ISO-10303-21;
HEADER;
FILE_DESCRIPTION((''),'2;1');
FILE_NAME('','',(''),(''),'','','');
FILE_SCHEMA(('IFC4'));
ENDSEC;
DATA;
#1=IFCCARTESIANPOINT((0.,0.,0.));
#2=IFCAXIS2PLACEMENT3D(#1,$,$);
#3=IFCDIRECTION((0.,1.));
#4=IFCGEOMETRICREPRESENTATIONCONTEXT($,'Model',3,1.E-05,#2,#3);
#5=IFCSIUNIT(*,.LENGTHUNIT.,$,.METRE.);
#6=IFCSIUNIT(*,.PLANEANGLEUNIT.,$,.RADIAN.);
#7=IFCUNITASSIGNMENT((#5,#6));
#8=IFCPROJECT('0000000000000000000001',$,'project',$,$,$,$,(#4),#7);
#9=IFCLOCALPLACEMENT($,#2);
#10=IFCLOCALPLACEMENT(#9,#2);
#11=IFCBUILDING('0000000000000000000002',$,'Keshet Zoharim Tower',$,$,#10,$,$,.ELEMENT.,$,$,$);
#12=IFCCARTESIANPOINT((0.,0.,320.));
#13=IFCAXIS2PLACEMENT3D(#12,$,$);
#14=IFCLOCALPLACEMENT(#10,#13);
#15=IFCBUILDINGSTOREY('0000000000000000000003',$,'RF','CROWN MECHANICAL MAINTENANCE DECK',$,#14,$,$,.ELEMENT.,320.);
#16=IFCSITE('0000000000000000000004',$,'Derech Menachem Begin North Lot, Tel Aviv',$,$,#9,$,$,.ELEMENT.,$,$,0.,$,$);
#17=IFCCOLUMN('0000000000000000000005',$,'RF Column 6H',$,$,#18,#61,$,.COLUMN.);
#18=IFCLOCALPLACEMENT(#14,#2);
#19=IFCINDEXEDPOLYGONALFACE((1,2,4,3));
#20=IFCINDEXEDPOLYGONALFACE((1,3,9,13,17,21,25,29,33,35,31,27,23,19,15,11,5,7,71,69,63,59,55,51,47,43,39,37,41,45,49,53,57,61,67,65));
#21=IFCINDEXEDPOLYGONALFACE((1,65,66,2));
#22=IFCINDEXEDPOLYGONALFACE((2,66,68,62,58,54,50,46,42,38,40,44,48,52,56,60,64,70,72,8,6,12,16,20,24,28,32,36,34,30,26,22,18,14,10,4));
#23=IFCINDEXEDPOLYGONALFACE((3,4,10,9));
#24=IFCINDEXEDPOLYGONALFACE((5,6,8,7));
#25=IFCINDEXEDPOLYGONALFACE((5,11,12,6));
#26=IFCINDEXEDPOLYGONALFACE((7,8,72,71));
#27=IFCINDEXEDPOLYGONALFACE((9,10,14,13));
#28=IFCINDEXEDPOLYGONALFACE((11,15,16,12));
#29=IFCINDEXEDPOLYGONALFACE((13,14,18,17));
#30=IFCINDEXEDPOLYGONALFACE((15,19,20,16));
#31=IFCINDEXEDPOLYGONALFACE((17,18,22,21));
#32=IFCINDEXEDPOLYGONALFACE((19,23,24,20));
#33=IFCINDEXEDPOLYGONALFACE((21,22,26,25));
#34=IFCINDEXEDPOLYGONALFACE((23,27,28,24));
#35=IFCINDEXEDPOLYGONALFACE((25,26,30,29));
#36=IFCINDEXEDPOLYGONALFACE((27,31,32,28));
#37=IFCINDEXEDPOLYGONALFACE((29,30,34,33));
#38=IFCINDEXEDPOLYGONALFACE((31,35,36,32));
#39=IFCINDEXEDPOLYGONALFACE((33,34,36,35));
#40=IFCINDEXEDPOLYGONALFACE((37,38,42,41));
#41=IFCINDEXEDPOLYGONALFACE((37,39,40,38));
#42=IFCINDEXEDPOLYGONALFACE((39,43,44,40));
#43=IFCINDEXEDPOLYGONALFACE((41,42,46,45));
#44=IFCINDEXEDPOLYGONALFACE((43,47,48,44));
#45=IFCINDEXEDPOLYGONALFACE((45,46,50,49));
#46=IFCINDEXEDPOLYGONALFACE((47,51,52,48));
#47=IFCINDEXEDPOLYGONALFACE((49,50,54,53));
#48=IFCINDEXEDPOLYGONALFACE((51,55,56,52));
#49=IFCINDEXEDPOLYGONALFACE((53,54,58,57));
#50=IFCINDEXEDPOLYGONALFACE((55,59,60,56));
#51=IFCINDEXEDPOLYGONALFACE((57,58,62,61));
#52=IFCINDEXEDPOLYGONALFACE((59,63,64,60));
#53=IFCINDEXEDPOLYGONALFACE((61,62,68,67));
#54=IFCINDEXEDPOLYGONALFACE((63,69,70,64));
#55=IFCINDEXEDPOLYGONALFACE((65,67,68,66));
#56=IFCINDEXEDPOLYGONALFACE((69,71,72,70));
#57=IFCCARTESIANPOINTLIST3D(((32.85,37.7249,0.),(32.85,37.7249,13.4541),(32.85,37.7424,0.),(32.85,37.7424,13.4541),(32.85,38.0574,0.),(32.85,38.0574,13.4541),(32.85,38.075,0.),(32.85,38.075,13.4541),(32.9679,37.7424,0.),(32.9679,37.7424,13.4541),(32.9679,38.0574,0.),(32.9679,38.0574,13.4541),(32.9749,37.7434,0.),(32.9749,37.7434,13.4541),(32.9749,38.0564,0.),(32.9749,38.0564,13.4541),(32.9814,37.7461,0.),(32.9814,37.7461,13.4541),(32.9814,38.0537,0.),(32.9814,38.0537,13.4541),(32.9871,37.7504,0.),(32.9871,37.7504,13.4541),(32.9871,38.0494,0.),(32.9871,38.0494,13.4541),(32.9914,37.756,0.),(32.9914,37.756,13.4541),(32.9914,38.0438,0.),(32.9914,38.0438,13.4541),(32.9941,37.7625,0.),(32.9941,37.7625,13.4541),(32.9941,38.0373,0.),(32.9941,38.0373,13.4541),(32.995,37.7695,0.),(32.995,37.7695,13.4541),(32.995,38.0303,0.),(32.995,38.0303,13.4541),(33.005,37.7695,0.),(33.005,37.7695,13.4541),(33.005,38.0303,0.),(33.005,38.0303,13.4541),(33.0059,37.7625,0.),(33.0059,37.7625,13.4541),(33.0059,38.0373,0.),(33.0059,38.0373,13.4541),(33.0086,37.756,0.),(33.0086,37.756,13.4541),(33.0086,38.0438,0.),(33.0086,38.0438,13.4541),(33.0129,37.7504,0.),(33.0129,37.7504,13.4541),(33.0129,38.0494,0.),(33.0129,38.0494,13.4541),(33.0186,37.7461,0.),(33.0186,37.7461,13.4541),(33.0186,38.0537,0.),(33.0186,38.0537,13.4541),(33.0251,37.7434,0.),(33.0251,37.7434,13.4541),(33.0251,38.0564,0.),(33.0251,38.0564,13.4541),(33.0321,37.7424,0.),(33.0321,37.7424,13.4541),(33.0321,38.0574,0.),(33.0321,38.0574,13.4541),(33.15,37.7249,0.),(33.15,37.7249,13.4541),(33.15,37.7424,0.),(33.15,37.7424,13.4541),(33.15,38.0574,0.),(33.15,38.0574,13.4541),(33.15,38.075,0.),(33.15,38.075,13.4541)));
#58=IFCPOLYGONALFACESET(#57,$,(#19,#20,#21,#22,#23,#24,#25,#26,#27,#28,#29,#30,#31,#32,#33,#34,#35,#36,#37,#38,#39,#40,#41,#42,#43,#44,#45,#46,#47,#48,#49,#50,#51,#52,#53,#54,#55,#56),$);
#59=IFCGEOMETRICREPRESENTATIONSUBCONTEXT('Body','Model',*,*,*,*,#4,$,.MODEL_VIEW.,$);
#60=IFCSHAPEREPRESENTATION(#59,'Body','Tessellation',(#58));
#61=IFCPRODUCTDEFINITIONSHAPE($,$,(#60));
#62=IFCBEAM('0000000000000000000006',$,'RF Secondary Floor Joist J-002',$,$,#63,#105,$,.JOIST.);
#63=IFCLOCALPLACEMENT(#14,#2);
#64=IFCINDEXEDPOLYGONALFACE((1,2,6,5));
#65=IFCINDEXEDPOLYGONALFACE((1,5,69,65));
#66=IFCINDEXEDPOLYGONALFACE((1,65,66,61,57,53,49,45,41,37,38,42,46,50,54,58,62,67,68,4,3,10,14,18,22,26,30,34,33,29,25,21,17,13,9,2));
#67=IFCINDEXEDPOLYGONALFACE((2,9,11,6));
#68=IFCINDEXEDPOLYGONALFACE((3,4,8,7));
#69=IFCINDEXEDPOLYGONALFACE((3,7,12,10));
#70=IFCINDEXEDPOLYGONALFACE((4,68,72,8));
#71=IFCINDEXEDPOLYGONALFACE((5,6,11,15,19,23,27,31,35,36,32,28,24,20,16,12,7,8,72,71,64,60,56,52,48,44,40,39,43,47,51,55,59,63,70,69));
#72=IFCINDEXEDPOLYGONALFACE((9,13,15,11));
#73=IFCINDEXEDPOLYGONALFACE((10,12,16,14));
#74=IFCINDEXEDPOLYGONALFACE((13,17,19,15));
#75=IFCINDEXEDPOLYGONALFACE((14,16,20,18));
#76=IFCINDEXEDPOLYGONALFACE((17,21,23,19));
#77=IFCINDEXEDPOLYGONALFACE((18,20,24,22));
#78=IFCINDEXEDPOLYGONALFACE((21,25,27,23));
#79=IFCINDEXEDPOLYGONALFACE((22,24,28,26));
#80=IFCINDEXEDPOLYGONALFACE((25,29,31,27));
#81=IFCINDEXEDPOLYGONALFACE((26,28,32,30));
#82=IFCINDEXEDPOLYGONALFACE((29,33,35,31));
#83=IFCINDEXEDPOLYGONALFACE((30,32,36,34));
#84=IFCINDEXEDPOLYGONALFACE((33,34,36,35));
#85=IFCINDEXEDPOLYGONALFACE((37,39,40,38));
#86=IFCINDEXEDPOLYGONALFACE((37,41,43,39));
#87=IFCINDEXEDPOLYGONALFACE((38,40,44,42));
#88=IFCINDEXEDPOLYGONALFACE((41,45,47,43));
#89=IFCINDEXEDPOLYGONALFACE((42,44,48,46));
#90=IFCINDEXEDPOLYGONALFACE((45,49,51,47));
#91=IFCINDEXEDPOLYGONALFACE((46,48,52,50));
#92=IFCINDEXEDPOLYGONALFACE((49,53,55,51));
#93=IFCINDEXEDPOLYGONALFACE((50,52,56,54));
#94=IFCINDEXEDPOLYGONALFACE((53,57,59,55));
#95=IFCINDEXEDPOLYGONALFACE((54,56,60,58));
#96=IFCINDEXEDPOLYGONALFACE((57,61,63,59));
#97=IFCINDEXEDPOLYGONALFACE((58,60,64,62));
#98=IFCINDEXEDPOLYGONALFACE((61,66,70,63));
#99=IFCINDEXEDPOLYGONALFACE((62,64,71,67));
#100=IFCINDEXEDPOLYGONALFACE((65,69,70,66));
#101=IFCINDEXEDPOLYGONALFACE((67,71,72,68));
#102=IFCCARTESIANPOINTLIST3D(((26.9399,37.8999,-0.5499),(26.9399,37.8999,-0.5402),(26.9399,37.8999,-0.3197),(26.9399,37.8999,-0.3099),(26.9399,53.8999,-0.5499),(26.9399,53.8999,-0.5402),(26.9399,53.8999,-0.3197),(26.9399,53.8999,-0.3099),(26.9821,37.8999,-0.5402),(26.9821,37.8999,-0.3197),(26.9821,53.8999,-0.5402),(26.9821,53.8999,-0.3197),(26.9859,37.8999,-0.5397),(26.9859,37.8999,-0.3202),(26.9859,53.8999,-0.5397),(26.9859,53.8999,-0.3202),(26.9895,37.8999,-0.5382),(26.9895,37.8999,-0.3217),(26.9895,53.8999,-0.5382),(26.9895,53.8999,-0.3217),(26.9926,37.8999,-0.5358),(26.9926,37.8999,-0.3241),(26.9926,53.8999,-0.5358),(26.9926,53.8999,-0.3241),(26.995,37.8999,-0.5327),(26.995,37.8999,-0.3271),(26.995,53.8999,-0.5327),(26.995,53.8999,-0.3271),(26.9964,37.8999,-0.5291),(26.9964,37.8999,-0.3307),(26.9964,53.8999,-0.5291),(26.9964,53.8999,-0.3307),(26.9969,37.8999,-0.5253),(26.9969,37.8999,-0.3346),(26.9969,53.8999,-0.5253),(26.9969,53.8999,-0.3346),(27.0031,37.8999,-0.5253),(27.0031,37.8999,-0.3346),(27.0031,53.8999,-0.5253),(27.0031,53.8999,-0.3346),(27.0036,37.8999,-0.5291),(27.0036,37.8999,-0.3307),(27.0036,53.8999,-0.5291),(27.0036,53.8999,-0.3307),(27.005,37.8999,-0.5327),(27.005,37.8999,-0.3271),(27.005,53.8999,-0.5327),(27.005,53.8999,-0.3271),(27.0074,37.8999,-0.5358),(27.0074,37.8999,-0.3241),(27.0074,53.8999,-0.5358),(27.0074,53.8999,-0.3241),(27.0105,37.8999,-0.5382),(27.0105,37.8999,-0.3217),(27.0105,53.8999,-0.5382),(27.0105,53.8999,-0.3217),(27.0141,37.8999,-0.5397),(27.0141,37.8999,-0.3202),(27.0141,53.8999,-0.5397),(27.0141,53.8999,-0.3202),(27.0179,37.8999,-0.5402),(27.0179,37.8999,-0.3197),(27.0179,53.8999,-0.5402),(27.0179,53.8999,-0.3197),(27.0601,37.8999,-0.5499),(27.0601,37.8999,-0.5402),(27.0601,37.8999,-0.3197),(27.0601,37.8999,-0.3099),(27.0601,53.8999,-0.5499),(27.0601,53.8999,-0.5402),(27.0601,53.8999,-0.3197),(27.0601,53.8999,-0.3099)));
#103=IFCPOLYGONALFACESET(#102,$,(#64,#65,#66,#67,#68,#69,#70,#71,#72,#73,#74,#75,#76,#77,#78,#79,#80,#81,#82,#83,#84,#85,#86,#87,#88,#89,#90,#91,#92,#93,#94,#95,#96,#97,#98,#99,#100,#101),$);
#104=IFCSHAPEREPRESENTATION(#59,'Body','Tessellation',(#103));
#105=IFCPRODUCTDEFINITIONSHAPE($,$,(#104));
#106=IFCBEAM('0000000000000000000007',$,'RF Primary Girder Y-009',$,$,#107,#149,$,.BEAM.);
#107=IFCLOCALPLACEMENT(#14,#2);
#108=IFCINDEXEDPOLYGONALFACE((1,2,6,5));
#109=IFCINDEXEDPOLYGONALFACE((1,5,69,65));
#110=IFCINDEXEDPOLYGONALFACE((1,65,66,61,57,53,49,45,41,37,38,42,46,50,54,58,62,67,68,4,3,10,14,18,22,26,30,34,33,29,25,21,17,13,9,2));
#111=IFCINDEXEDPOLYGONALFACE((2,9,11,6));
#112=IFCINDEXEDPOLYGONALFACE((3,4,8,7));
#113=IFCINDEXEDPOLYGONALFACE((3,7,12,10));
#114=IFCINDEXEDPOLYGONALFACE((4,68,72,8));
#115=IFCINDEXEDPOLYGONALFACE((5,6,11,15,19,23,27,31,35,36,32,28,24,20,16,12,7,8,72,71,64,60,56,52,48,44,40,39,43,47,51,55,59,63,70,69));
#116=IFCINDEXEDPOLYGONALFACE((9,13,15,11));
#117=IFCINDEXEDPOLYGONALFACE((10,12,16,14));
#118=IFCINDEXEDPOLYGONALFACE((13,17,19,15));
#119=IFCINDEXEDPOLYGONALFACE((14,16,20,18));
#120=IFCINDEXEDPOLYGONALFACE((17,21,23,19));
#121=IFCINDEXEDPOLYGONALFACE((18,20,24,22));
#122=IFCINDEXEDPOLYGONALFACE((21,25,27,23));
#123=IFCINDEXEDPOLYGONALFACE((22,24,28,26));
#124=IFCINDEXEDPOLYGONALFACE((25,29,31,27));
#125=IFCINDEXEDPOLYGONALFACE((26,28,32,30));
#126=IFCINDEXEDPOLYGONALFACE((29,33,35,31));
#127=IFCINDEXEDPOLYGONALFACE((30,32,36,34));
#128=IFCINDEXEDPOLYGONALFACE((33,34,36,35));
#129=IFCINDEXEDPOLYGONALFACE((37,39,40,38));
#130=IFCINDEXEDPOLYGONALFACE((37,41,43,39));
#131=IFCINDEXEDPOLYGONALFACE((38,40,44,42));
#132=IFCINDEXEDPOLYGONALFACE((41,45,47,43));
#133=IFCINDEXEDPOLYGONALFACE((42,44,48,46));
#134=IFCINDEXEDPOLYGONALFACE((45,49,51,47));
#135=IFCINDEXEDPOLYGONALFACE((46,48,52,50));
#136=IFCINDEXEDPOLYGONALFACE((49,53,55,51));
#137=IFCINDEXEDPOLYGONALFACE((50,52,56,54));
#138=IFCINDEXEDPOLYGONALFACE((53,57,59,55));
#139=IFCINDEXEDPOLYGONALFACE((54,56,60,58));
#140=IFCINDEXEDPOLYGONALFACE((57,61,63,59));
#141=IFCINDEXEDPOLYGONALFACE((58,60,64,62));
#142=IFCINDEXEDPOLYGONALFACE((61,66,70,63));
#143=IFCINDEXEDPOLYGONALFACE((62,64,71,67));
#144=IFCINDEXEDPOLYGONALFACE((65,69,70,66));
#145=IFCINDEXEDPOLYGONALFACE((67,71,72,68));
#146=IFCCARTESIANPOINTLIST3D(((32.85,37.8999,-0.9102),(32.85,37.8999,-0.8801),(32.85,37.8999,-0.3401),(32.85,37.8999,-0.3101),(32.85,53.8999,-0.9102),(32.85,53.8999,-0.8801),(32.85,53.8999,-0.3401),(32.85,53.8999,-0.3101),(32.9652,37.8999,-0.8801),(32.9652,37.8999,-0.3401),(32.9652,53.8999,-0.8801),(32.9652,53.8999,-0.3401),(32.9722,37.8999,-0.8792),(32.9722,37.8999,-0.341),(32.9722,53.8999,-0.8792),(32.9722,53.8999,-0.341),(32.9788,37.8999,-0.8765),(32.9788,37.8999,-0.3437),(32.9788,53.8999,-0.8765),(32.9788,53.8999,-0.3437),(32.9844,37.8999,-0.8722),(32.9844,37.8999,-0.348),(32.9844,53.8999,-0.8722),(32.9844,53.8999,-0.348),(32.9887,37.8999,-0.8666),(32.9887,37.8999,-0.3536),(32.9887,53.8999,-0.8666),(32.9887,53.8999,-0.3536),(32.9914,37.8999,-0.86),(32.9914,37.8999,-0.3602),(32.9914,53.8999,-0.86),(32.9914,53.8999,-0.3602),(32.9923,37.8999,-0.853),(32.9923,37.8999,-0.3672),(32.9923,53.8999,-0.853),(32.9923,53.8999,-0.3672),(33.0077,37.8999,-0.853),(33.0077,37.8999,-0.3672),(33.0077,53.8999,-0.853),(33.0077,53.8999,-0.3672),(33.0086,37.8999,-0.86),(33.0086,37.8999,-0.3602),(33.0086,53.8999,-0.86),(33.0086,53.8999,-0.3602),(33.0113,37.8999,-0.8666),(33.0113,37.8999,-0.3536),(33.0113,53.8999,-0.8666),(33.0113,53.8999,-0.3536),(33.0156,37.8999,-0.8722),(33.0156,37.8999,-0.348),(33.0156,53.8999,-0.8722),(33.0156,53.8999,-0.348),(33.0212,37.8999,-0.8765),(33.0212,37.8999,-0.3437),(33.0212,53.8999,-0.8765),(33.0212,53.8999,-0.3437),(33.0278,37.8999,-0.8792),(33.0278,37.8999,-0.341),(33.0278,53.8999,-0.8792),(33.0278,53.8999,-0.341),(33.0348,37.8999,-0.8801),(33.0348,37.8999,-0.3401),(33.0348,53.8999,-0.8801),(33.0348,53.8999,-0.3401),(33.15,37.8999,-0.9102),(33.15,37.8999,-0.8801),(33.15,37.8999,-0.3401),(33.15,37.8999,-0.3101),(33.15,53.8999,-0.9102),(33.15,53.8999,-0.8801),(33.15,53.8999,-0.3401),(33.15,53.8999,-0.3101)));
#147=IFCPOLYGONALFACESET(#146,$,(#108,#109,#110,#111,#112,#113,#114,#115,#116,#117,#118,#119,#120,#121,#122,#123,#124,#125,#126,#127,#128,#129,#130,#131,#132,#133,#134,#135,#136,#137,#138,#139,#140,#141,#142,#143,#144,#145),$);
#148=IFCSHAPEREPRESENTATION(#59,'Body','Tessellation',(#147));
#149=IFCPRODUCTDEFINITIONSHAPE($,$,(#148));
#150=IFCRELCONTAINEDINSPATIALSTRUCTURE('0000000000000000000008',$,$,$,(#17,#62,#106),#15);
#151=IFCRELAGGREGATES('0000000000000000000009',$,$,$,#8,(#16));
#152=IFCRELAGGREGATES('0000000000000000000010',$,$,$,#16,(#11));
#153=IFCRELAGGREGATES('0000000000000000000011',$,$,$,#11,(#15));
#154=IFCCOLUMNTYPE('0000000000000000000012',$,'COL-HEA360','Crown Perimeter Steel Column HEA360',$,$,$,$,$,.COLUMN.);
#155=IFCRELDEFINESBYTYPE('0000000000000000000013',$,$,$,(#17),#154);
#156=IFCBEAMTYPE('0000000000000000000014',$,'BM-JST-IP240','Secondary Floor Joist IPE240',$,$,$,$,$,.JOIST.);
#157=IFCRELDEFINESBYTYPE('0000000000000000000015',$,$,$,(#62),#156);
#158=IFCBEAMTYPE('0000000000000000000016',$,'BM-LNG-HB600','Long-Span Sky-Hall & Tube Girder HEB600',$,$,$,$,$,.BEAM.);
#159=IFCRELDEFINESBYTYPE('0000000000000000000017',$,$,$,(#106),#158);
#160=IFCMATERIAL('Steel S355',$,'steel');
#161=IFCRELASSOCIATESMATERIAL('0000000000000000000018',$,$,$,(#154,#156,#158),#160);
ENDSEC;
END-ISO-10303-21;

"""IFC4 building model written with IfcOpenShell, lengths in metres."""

from ifc_helpers import new_model, si_unit, direction, frame, origin, origin_2d, place, context, subcontext, project, spatial, i_section, extrude, material, material_profile, profile_set, type_object, element, save


model = new_model("IFC4")

# Units and contexts
model_context = context("Model", 3, precision=1e-05, world=origin(), true_north=direction((0.0, 1.0)))
body_context = subcontext(model_context, "Body", "Model", "MODEL_VIEW")
ifc_project = project(units=[si_unit("LENGTHUNIT", "METRE"), si_unit("PLANEANGLEUNIT", "RADIAN")], contexts=[model_context])

# Site, building, storey
site_placement = place(None, origin())
site = spatial("IfcSite", under=ifc_project, at=site_placement, Name="Derech Menachem Begin North Lot, Tel Aviv", CompositionType="ELEMENT", RefElevation=0.0)
building_placement = place(site_placement, origin())
building = spatial("IfcBuilding", under=site, at=building_placement, Name="Keshet Zoharim Tower", CompositionType="ELEMENT")
storey_placement = place(building_placement, frame((0.0, 0.0, 320.0)))
storey = spatial("IfcBuildingStorey", under=building, at=storey_placement, Name="RF", Description="CROWN MECHANICAL MAINTENANCE DECK", CompositionType="ELEMENT", Elevation=320.0)

# Column
ifc_material_1 = material(Name="Steel S355", Category="steel")
ifc_material_profile_1 = material_profile(ifc_material_1, i_section(OverallWidth=0.3, OverallDepth=0.3501, WebThickness=0.01, FlangeThickness=0.0176, FilletRadius=0.0271, at=origin_2d()), Name="HEA360")
ifc_profile_set_1 = profile_set([ifc_material_profile_1], Name="Steel S355")
column_type = type_object("IfcColumnType", Name="COL-HEA360", Description="Crown Perimeter Steel Column HEA360", PredefinedType="COLUMN", material=ifc_profile_set_1)
column_placement = place(storey_placement, frame((33.0, 37.8999, 0.0), z_axis=(0.0, 0.0, 1.0), x_axis=(1.0, 0.0, 0.0)))
element("IfcColumn", 1, at=column_placement, inside=storey, type_object=column_type, Name="RF Column 6H", PredefinedType="COLUMN", context=body_context, shape_type="SweptSolid", body=[
    extrude(i_section(OverallWidth=0.3, OverallDepth=0.3501, WebThickness=0.01, FlangeThickness=0.0176, FilletRadius=0.0271, at=origin_2d()), origin(), (0.0, 0.0, 1.0), 13.4541),
])

# Beams
ifc_material_profile_2 = material_profile(ifc_material_1, i_section(OverallWidth=0.1201, OverallDepth=0.24, WebThickness=0.0061, FlangeThickness=0.0098, FilletRadius=0.0149, at=origin_2d()), Name="IPE240")
ifc_profile_set_2 = profile_set([ifc_material_profile_2], Name="Steel S355")
beam_type_1 = type_object("IfcBeamType", Name="BM-JST-IP240", Description="Secondary Floor Joist IPE240", PredefinedType="JOIST", material=ifc_profile_set_2)
beam_1_placement = place(storey_placement, frame((27.0, 37.8999, -0.4299), z_axis=(0.0, 1.0, 0.0), x_axis=(-1.0, 0.0, 0.0)))
element("IfcBeam", 2, at=beam_1_placement, inside=storey, type_object=beam_type_1, Name="RF Secondary Floor Joist J-002", PredefinedType="JOIST", context=body_context, shape_type="SweptSolid", body=[
    extrude(i_section(OverallWidth=0.1201, OverallDepth=0.24, WebThickness=0.0061, FlangeThickness=0.0098, FilletRadius=0.0149, at=origin_2d()), origin(), (0.0, 0.0, 1.0), 16.0),
])
ifc_material_profile_3 = material_profile(ifc_material_1, i_section(OverallWidth=0.3, OverallDepth=0.6001, WebThickness=0.0154, FlangeThickness=0.03, FilletRadius=0.0271, at=origin_2d()), Name="HEB600")
ifc_profile_set_3 = profile_set([ifc_material_profile_3], Name="Steel S355")
beam_type_2 = type_object("IfcBeamType", Name="BM-LNG-HB600", Description="Long-Span Sky-Hall & Tube Girder HEB600", PredefinedType="BEAM", material=ifc_profile_set_3)
beam_2_placement = place(storey_placement, frame((33.0, 37.8999, -0.6101), z_axis=(0.0, 1.0, 0.0), x_axis=(-1.0, 0.0, 0.0)))
element("IfcBeam", 3, at=beam_2_placement, inside=storey, type_object=beam_type_2, Name="RF Primary Girder Y-009", PredefinedType="BEAM", context=body_context, shape_type="SweptSolid", body=[
    extrude(i_section(OverallWidth=0.3, OverallDepth=0.6001, WebThickness=0.0154, FlangeThickness=0.03, FilletRadius=0.0271, at=origin_2d()), origin(), (0.0, 0.0, 1.0), 16.0),
])

save(model, "model.ifc")
